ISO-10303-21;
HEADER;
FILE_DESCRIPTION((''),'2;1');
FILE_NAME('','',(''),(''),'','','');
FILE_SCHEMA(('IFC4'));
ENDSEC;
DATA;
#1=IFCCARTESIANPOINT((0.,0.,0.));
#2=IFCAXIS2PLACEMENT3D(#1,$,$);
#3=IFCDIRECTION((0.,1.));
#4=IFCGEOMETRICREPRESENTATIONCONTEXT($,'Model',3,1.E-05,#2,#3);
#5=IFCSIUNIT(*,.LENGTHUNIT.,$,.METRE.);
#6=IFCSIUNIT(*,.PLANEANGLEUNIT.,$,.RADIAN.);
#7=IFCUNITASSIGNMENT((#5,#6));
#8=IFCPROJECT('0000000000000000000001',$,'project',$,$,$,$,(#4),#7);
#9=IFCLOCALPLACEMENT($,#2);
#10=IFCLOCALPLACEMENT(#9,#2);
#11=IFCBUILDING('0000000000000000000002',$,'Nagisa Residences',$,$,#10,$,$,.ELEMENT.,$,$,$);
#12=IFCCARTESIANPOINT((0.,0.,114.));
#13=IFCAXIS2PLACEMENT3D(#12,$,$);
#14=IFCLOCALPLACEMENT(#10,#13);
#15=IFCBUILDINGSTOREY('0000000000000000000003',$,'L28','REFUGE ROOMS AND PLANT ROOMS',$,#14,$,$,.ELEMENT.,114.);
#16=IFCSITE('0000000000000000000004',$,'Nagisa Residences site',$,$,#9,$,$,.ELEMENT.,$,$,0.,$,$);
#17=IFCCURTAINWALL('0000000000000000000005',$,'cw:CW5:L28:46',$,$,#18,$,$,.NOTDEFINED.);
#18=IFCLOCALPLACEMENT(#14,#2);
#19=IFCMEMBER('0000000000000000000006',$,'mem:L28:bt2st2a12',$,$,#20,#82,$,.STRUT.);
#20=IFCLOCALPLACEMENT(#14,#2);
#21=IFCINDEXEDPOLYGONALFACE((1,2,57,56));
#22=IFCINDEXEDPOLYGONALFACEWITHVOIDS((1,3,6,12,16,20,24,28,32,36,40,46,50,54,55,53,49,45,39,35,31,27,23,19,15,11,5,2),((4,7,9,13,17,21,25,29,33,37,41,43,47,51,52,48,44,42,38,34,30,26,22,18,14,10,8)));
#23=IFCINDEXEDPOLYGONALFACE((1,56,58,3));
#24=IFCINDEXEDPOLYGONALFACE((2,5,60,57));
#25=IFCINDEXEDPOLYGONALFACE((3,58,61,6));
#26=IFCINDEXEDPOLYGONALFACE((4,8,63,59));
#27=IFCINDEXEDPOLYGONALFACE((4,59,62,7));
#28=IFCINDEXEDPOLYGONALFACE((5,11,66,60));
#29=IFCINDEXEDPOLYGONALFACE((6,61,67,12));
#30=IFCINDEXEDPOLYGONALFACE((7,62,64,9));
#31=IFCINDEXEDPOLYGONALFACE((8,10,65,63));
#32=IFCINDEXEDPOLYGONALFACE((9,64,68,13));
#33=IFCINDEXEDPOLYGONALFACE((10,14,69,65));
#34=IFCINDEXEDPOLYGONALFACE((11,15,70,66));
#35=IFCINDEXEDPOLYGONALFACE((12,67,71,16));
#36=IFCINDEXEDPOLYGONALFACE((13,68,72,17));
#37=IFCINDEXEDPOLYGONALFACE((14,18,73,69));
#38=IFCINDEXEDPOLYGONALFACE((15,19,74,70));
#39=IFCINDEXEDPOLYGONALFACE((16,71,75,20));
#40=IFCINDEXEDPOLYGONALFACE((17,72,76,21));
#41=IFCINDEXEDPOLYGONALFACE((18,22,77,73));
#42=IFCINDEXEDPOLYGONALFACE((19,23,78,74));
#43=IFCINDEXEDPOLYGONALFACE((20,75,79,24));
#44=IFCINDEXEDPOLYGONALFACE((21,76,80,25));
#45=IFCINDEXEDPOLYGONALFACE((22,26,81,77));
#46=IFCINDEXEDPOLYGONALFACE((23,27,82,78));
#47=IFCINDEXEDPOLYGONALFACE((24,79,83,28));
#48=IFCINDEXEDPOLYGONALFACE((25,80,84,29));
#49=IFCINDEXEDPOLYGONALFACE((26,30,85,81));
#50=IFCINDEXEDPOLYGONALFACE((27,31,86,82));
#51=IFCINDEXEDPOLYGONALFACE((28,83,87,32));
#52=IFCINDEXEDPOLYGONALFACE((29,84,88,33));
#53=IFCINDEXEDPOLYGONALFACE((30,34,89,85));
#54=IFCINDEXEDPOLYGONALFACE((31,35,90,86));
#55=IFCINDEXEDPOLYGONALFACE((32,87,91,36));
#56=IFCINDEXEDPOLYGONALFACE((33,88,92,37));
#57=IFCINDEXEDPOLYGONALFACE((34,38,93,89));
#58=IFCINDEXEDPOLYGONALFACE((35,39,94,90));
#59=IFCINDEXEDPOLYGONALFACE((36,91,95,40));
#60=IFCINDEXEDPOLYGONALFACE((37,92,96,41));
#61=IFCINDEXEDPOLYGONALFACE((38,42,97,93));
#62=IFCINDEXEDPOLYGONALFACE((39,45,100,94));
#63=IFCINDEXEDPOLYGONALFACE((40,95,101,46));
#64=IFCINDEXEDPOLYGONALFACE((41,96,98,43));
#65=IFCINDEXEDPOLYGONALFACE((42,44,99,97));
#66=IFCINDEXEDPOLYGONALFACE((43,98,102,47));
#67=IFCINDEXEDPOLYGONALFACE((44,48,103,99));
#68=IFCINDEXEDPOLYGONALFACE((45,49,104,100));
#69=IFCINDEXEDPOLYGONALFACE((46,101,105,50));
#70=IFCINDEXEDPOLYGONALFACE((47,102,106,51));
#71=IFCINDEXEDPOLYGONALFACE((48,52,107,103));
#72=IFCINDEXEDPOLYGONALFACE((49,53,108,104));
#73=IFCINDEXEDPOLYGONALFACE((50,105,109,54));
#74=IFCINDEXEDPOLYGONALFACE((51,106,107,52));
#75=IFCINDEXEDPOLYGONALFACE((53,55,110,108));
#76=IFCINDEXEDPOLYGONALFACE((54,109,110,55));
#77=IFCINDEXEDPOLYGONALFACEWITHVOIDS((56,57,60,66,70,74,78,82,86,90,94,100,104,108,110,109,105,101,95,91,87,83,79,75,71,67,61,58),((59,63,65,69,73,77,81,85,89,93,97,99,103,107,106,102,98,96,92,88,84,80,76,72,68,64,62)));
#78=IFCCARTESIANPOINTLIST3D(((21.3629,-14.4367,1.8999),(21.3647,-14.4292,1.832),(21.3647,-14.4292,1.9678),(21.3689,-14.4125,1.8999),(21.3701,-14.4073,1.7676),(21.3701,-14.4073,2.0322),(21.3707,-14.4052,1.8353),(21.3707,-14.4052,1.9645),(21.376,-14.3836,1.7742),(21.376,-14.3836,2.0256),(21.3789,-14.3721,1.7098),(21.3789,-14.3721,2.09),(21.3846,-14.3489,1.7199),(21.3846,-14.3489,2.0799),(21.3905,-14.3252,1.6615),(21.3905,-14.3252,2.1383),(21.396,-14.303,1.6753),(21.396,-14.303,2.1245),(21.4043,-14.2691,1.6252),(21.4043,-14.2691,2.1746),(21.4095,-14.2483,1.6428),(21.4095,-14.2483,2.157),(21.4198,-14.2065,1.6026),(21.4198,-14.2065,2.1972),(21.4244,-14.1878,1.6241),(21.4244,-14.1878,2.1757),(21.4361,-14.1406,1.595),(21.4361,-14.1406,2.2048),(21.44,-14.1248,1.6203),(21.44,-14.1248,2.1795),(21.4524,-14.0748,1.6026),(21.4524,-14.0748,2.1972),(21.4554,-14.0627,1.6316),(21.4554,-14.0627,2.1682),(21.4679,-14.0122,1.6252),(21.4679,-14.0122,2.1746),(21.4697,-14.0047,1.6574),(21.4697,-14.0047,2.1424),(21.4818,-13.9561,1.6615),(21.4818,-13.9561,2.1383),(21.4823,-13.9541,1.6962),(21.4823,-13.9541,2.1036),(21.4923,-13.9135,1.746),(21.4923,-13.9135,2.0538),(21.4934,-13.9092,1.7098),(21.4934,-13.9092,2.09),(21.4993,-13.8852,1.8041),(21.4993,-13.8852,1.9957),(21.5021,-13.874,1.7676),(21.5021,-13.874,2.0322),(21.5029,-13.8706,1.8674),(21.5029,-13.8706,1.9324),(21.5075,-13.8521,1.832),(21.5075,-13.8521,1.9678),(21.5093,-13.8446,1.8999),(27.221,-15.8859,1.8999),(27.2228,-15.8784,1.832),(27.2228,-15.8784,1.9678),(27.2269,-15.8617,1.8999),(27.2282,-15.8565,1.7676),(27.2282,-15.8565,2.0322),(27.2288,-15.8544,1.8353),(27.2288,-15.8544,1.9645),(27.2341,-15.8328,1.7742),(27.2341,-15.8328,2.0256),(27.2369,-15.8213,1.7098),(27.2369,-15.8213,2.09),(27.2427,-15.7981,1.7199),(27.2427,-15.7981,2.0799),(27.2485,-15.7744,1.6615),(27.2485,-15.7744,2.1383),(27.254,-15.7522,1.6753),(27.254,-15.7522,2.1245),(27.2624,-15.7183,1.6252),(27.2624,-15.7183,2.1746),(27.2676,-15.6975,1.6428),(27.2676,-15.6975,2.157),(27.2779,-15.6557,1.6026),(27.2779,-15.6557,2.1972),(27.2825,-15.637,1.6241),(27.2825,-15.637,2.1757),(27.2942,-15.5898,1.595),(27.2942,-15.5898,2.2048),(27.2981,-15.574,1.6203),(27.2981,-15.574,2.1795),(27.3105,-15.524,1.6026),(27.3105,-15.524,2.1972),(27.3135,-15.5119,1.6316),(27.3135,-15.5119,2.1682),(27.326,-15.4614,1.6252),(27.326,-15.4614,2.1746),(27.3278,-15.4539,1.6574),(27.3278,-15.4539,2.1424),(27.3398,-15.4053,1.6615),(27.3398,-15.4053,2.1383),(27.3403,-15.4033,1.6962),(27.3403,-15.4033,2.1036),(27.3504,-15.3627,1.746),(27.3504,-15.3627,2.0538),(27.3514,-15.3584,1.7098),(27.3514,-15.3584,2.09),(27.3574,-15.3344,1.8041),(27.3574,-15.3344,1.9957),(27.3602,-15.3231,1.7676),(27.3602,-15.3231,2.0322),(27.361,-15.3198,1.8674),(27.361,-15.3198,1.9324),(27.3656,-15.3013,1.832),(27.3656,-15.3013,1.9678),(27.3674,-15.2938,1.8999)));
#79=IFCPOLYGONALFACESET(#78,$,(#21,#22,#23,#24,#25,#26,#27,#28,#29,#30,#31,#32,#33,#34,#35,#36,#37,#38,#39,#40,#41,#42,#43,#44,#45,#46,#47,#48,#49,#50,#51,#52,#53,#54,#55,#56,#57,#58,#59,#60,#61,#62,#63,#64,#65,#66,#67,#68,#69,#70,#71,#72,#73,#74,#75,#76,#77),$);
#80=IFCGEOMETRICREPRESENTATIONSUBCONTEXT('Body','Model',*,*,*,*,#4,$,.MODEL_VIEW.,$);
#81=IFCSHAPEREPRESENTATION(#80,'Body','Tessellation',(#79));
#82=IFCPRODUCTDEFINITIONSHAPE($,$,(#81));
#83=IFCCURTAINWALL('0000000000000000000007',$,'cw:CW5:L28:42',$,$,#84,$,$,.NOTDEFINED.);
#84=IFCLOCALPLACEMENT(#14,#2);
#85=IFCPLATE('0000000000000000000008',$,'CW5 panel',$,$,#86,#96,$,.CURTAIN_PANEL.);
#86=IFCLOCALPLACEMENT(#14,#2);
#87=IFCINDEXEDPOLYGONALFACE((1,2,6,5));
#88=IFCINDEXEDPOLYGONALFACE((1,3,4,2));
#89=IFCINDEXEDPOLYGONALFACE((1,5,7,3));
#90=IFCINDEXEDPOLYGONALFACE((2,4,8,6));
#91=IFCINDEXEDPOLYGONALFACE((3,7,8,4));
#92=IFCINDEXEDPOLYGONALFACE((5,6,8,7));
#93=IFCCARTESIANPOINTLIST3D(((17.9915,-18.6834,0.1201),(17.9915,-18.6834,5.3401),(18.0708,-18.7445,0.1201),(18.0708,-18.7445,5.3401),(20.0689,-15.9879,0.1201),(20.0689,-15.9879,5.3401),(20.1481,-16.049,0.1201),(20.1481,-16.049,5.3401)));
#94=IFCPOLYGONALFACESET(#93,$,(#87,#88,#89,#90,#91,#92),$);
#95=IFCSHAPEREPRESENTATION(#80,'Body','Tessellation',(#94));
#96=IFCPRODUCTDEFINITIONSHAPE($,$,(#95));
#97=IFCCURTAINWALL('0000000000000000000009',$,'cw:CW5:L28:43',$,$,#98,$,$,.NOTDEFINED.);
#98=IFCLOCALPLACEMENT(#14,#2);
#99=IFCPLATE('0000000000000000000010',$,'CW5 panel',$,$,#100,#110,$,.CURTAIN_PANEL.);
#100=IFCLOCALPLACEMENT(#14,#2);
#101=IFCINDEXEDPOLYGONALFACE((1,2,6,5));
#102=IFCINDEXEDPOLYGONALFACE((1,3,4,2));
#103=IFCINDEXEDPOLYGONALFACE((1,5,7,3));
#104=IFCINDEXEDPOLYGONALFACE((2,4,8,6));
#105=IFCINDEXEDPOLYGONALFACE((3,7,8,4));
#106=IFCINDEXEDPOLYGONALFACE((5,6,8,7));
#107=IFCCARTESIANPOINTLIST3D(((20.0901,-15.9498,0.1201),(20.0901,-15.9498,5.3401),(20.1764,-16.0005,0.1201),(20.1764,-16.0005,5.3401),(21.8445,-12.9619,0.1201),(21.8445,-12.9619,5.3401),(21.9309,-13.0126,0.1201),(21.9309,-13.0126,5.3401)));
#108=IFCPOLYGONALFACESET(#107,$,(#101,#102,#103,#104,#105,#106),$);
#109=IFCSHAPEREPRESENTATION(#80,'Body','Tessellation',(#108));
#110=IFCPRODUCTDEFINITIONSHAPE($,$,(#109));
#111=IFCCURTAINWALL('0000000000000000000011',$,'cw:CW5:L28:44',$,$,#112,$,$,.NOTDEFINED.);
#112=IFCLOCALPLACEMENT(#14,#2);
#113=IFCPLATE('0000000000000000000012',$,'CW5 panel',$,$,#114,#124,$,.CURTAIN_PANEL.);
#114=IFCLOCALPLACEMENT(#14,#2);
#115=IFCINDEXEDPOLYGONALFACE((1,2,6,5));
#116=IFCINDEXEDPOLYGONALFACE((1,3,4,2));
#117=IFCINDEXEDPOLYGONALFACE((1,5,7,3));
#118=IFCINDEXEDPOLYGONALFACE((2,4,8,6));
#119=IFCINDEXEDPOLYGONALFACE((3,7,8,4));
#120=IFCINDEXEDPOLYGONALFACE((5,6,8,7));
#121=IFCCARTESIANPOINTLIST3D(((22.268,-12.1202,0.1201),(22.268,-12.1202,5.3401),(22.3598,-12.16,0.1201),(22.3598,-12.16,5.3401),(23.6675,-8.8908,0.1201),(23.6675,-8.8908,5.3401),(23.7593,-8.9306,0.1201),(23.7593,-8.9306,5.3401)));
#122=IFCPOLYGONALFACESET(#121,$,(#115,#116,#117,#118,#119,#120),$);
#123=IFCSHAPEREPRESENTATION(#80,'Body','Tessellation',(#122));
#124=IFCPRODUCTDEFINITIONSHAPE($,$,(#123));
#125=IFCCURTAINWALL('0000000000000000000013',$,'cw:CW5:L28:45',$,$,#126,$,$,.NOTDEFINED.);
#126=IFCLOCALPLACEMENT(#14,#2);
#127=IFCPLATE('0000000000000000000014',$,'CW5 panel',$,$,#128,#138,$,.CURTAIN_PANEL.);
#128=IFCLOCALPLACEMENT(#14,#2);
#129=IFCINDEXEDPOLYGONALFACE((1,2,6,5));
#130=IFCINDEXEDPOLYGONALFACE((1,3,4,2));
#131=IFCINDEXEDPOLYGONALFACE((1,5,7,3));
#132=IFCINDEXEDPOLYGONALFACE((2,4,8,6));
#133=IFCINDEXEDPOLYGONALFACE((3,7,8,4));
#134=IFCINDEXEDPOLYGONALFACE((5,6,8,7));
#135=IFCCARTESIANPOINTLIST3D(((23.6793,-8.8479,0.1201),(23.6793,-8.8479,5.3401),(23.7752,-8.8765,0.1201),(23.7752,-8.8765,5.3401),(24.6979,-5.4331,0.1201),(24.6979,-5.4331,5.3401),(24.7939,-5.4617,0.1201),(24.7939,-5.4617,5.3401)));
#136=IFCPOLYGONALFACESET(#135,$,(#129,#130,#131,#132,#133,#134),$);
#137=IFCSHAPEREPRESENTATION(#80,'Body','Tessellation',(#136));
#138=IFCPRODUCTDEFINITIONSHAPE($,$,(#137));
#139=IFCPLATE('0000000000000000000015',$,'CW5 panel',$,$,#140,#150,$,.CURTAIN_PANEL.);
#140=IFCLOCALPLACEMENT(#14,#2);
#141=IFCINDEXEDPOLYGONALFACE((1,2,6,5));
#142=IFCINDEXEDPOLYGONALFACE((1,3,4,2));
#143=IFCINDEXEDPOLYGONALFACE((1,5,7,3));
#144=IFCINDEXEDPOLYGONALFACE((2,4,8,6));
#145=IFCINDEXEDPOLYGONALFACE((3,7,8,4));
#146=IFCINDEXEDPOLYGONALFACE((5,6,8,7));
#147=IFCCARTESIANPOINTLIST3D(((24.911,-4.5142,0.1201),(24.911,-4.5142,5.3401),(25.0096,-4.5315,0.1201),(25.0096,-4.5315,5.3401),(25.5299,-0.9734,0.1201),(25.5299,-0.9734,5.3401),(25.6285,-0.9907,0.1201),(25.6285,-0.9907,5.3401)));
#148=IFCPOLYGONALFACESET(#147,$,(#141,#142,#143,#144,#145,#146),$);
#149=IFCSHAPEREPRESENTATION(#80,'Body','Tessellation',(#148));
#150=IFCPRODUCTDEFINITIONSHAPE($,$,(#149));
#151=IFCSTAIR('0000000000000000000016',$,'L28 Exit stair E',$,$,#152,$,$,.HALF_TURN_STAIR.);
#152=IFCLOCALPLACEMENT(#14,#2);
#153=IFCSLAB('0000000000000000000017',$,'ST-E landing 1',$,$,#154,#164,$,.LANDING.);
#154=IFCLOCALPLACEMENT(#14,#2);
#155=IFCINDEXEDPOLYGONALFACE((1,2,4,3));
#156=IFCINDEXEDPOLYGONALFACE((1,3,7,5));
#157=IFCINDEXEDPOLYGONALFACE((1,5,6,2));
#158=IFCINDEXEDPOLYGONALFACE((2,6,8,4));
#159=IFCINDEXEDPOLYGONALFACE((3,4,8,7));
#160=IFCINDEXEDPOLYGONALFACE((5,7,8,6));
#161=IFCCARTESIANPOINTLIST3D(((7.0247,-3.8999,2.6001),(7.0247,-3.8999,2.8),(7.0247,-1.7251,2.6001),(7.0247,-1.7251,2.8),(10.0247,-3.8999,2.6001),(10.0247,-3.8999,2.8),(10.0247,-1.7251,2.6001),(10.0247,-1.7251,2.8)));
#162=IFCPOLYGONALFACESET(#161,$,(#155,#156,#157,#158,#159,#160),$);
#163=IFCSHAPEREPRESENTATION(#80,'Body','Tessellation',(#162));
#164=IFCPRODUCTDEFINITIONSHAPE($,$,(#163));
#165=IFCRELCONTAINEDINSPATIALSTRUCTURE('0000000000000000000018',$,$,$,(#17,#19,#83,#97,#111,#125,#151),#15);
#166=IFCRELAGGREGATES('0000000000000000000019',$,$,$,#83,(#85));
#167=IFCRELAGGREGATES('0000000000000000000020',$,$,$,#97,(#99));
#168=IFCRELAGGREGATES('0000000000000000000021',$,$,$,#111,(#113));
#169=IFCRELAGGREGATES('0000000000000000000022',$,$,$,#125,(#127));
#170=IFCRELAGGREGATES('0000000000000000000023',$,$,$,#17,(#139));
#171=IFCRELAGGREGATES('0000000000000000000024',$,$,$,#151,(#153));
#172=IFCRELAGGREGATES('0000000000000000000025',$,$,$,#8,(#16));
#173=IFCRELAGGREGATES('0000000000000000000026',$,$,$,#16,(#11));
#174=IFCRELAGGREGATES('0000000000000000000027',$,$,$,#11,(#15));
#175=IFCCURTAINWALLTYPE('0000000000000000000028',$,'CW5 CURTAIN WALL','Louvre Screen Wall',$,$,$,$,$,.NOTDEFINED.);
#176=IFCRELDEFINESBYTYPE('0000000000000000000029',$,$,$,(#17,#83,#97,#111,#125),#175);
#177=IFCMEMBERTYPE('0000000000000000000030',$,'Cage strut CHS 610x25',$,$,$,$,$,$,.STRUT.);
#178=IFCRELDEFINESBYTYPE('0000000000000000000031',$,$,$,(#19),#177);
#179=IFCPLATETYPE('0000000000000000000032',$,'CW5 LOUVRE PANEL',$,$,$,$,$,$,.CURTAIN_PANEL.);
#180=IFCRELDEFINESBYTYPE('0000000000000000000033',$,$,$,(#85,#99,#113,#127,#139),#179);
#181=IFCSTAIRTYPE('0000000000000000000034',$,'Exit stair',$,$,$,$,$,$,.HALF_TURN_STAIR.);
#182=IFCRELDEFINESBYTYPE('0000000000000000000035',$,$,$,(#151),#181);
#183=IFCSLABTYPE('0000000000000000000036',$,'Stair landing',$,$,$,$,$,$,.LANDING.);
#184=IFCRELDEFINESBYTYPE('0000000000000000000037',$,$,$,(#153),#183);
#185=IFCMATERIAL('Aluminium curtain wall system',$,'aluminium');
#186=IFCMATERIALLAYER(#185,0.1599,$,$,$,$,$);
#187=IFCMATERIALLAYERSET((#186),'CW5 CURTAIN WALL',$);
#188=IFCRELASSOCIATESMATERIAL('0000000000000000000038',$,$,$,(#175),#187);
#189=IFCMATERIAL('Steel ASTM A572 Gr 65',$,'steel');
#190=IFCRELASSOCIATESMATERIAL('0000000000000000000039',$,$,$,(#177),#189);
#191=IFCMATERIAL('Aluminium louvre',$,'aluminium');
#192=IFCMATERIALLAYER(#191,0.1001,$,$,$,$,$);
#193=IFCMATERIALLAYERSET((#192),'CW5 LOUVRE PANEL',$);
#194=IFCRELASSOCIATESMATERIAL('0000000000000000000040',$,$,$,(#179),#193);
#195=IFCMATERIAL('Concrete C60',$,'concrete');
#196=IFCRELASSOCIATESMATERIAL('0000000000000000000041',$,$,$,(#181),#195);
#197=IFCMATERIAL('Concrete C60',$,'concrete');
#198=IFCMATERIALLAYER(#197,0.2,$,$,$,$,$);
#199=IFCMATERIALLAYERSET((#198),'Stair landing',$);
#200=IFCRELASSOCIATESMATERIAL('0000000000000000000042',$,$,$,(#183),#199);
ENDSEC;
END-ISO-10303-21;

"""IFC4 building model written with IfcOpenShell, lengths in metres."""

from ifc_helpers import new_model, si_unit, direction, frame, origin, origin_2d, place, context, subcontext, project, spatial, polyline, rectangle, hollow_circle, outline, extrude, material, layer, layer_set, material_profile, profile_set, type_object, element, aggregate, save


model = new_model("IFC4")

# Units and contexts
model_context = context("Model", 3, precision=1e-05, world=origin(), true_north=direction((0.0, 1.0)))
body_context = subcontext(model_context, "Body", "Model", "MODEL_VIEW")
ifc_project = project(units=[si_unit("LENGTHUNIT", "METRE"), si_unit("PLANEANGLEUNIT", "RADIAN")], contexts=[model_context])

# Site, building, storey
site_placement = place(None, origin())
site = spatial("IfcSite", under=ifc_project, at=site_placement, Name="Nagisa Residences site", CompositionType="ELEMENT", RefElevation=0.0)
building_placement = place(site_placement, origin())
building = spatial("IfcBuilding", under=site, at=building_placement, Name="Nagisa Residences", CompositionType="ELEMENT")
storey_placement = place(building_placement, frame((0.0, 0.0, 114.0)))
storey = spatial("IfcBuildingStorey", under=building, at=storey_placement, Name="L28", Description="REFUGE ROOMS AND PLANT ROOMS", CompositionType="ELEMENT", Elevation=114.0)

# Curtain wall
ifc_material_1 = material(Name="Aluminium curtain wall system", Category="aluminium")
ifc_layer_1 = layer(ifc_material_1, 0.1599)
ifc_layer_set_1 = layer_set([ifc_layer_1], Name="CW5 CURTAIN WALL")
curtain_wall_type = type_object("IfcCurtainWallType", Name="CW5 CURTAIN WALL", Description="Louvre Screen Wall", PredefinedType="NOTDEFINED", material=ifc_layer_set_1)
curtain_wall_1_placement = place(storey_placement, origin())
curtain_wall_1 = element("IfcCurtainWall", 1, at=curtain_wall_1_placement, inside=storey, type_object=curtain_wall_type, Name="cw:CW5:L28:46", PredefinedType="NOTDEFINED")

# Member
ifc_material_2 = material(Name="Steel ASTM A572 Gr 65", Category="steel")
ifc_material_profile_1 = material_profile(ifc_material_2, hollow_circle(Radius=0.3049, WallThickness=0.0249, at=origin_2d()), Name="CHS 610x25")
ifc_profile_set_1 = profile_set([ifc_material_profile_1], Name="Steel ASTM A572 Gr 65")
member_type_1 = type_object("IfcMemberType", Name="Cage strut CHS 610x25", PredefinedType="STRUT", material=ifc_profile_set_1)
member_1_placement = place(storey_placement, frame((27.2942, -15.5898, 1.8999), z_axis=(-0.970737, 0.240146, 0.0), x_axis=(-0.240146, -0.970737, 0.0)))
element("IfcMember", 2, at=member_1_placement, inside=storey, type_object=member_type_1, Name="mem:L28:bt2st2a12", PredefinedType="STRUT", context=body_context, shape_type="SweptSolid", body=[
    extrude(hollow_circle(Radius=0.3049, WallThickness=0.0249, at=origin_2d()), origin(), (0.0, 0.0, 1.0), 6.0347),
])

# Curtain walls, plates
curtain_wall_2_placement = place(storey_placement, origin())
curtain_wall_2 = element("IfcCurtainWall", 3, at=curtain_wall_2_placement, inside=storey, type_object=curtain_wall_type, Name="cw:CW5:L28:42", PredefinedType="NOTDEFINED")
ifc_material_3 = material(Name="Aluminium louvre", Category="aluminium")
ifc_layer_2 = layer(ifc_material_3, 0.1001)
ifc_layer_set_2 = layer_set([ifc_layer_2], Name="CW5 LOUVRE PANEL")
plate_type = type_object("IfcPlateType", Name="CW5 LOUVRE PANEL", PredefinedType="CURTAIN_PANEL", material=ifc_layer_set_2)
plate_1_placement = place(storey_placement, frame((19.0698, -17.3662, 0.1201), z_axis=(0.0, 0.0, 1.0), x_axis=(0.61043, 0.79207, 0.0)))
plate_1 = element("IfcPlate", 4, at=plate_1_placement, type_object=plate_type, Name="CW5 panel", PredefinedType="CURTAIN_PANEL", context=body_context, shape_type="SweptSolid", body=[
    extrude(rectangle(XDim=3.4031, YDim=0.1001, at=origin_2d()), origin(), (0.0, 0.0, 1.0), 5.22),
])
aggregate(curtain_wall_2, [plate_1])
curtain_wall_3_placement = place(storey_placement, origin())
curtain_wall_3 = element("IfcCurtainWall", 5, at=curtain_wall_3_placement, inside=storey, type_object=curtain_wall_type, Name="cw:CW5:L28:43", PredefinedType="NOTDEFINED")
plate_2_placement = place(storey_placement, frame((21.0105, -14.4812, 0.1201), z_axis=(0.0, 0.0, 1.0), x_axis=(0.506349, 0.862329, 0.0)))
plate_2 = element("IfcPlate", 6, at=plate_2_placement, type_object=plate_type, Name="CW5 panel", PredefinedType="CURTAIN_PANEL", context=body_context, shape_type="SweptSolid", body=[
    extrude(rectangle(XDim=3.4648, YDim=0.1001, at=origin_2d()), origin(), (0.0, 0.0, 1.0), 5.22),
])
aggregate(curtain_wall_3, [plate_2])
curtain_wall_4_placement = place(storey_placement, origin())
curtain_wall_4 = element("IfcCurtainWall", 7, at=curtain_wall_4_placement, inside=storey, type_object=curtain_wall_type, Name="cw:CW5:L28:44", PredefinedType="NOTDEFINED")
plate_3_placement = place(storey_placement, frame((23.0137, -10.5254, 0.1201), z_axis=(0.0, 0.0, 1.0), x_axis=(0.397636, 0.917543, 0.0)))
plate_3 = element("IfcPlate", 8, at=plate_3_placement, type_object=plate_type, Name="CW5 panel", PredefinedType="CURTAIN_PANEL", context=body_context, shape_type="SweptSolid", body=[
    extrude(rectangle(XDim=3.5195, YDim=0.1001, at=origin_2d()), origin(), (0.0, 0.0, 1.0), 5.22),
])
aggregate(curtain_wall_4, [plate_3])
curtain_wall_5_placement = place(storey_placement, origin())
curtain_wall_5 = element("IfcCurtainWall", 9, at=curtain_wall_5_placement, inside=storey, type_object=curtain_wall_type, Name="cw:CW5:L28:45", PredefinedType="NOTDEFINED")
plate_4_placement = place(storey_placement, frame((24.2366, -7.1548, 0.1201), z_axis=(0.0, 0.0, 1.0), x_axis=(0.28586, 0.958271, 0.0)))
plate_4 = element("IfcPlate", 10, at=plate_4_placement, type_object=plate_type, Name="CW5 panel", PredefinedType="CURTAIN_PANEL", context=body_context, shape_type="SweptSolid", body=[
    extrude(rectangle(XDim=3.5635, YDim=0.1001, at=origin_2d()), origin(), (0.0, 0.0, 1.0), 5.22),
])
aggregate(curtain_wall_5, [plate_4])

# Plate
plate_5_placement = place(storey_placement, frame((25.2698, -2.7524, 0.1201), z_axis=(0.0, 0.0, 1.0), x_axis=(0.172191, 0.985064, 0.0)))
plate_5 = element("IfcPlate", 11, at=plate_5_placement, type_object=plate_type, Name="CW5 panel", PredefinedType="CURTAIN_PANEL", context=body_context, shape_type="SweptSolid", body=[
    extrude(rectangle(XDim=3.5945, YDim=0.1001, at=origin_2d()), origin(), (0.0, 0.0, 1.0), 5.22),
])
aggregate(curtain_wall_1, [plate_5])

# Stair, slab
ifc_material_4 = material(Name="Concrete C60", Category="concrete")
stair_type = type_object("IfcStairType", Name="Exit stair", PredefinedType="HALF_TURN_STAIR", material=ifc_material_4)
stair_1_placement = place(storey_placement, origin())
stair_1 = element("IfcStair", 12, at=stair_1_placement, inside=storey, type_object=stair_type, Name="L28 Exit stair E", PredefinedType="HALF_TURN_STAIR")
ifc_material_5 = material(Name="Concrete C60", Category="concrete")
ifc_layer_3 = layer(ifc_material_5, 0.2)
ifc_layer_set_3 = layer_set([ifc_layer_3], Name="Stair landing")
slab_type = type_object("IfcSlabType", Name="Stair landing", PredefinedType="LANDING", material=ifc_layer_set_3)
slab_placement = place(storey_placement, frame((0.0, 0.0, 2.6001)))
slab = element("IfcSlab", 13, at=slab_placement, type_object=slab_type, Name="ST-E landing 1", PredefinedType="LANDING", context=body_context, shape_type="SweptSolid", body=[
    extrude(outline(polyline([(7.0247, -1.7251), (7.0247, -3.8999), (10.0247, -3.8999), (10.0247, -1.7251), (7.0247, -1.7251)])), origin(), (0.0, 0.0, 1.0), 0.2),
])
aggregate(stair_1, [slab])

save(model, "model.ifc")
